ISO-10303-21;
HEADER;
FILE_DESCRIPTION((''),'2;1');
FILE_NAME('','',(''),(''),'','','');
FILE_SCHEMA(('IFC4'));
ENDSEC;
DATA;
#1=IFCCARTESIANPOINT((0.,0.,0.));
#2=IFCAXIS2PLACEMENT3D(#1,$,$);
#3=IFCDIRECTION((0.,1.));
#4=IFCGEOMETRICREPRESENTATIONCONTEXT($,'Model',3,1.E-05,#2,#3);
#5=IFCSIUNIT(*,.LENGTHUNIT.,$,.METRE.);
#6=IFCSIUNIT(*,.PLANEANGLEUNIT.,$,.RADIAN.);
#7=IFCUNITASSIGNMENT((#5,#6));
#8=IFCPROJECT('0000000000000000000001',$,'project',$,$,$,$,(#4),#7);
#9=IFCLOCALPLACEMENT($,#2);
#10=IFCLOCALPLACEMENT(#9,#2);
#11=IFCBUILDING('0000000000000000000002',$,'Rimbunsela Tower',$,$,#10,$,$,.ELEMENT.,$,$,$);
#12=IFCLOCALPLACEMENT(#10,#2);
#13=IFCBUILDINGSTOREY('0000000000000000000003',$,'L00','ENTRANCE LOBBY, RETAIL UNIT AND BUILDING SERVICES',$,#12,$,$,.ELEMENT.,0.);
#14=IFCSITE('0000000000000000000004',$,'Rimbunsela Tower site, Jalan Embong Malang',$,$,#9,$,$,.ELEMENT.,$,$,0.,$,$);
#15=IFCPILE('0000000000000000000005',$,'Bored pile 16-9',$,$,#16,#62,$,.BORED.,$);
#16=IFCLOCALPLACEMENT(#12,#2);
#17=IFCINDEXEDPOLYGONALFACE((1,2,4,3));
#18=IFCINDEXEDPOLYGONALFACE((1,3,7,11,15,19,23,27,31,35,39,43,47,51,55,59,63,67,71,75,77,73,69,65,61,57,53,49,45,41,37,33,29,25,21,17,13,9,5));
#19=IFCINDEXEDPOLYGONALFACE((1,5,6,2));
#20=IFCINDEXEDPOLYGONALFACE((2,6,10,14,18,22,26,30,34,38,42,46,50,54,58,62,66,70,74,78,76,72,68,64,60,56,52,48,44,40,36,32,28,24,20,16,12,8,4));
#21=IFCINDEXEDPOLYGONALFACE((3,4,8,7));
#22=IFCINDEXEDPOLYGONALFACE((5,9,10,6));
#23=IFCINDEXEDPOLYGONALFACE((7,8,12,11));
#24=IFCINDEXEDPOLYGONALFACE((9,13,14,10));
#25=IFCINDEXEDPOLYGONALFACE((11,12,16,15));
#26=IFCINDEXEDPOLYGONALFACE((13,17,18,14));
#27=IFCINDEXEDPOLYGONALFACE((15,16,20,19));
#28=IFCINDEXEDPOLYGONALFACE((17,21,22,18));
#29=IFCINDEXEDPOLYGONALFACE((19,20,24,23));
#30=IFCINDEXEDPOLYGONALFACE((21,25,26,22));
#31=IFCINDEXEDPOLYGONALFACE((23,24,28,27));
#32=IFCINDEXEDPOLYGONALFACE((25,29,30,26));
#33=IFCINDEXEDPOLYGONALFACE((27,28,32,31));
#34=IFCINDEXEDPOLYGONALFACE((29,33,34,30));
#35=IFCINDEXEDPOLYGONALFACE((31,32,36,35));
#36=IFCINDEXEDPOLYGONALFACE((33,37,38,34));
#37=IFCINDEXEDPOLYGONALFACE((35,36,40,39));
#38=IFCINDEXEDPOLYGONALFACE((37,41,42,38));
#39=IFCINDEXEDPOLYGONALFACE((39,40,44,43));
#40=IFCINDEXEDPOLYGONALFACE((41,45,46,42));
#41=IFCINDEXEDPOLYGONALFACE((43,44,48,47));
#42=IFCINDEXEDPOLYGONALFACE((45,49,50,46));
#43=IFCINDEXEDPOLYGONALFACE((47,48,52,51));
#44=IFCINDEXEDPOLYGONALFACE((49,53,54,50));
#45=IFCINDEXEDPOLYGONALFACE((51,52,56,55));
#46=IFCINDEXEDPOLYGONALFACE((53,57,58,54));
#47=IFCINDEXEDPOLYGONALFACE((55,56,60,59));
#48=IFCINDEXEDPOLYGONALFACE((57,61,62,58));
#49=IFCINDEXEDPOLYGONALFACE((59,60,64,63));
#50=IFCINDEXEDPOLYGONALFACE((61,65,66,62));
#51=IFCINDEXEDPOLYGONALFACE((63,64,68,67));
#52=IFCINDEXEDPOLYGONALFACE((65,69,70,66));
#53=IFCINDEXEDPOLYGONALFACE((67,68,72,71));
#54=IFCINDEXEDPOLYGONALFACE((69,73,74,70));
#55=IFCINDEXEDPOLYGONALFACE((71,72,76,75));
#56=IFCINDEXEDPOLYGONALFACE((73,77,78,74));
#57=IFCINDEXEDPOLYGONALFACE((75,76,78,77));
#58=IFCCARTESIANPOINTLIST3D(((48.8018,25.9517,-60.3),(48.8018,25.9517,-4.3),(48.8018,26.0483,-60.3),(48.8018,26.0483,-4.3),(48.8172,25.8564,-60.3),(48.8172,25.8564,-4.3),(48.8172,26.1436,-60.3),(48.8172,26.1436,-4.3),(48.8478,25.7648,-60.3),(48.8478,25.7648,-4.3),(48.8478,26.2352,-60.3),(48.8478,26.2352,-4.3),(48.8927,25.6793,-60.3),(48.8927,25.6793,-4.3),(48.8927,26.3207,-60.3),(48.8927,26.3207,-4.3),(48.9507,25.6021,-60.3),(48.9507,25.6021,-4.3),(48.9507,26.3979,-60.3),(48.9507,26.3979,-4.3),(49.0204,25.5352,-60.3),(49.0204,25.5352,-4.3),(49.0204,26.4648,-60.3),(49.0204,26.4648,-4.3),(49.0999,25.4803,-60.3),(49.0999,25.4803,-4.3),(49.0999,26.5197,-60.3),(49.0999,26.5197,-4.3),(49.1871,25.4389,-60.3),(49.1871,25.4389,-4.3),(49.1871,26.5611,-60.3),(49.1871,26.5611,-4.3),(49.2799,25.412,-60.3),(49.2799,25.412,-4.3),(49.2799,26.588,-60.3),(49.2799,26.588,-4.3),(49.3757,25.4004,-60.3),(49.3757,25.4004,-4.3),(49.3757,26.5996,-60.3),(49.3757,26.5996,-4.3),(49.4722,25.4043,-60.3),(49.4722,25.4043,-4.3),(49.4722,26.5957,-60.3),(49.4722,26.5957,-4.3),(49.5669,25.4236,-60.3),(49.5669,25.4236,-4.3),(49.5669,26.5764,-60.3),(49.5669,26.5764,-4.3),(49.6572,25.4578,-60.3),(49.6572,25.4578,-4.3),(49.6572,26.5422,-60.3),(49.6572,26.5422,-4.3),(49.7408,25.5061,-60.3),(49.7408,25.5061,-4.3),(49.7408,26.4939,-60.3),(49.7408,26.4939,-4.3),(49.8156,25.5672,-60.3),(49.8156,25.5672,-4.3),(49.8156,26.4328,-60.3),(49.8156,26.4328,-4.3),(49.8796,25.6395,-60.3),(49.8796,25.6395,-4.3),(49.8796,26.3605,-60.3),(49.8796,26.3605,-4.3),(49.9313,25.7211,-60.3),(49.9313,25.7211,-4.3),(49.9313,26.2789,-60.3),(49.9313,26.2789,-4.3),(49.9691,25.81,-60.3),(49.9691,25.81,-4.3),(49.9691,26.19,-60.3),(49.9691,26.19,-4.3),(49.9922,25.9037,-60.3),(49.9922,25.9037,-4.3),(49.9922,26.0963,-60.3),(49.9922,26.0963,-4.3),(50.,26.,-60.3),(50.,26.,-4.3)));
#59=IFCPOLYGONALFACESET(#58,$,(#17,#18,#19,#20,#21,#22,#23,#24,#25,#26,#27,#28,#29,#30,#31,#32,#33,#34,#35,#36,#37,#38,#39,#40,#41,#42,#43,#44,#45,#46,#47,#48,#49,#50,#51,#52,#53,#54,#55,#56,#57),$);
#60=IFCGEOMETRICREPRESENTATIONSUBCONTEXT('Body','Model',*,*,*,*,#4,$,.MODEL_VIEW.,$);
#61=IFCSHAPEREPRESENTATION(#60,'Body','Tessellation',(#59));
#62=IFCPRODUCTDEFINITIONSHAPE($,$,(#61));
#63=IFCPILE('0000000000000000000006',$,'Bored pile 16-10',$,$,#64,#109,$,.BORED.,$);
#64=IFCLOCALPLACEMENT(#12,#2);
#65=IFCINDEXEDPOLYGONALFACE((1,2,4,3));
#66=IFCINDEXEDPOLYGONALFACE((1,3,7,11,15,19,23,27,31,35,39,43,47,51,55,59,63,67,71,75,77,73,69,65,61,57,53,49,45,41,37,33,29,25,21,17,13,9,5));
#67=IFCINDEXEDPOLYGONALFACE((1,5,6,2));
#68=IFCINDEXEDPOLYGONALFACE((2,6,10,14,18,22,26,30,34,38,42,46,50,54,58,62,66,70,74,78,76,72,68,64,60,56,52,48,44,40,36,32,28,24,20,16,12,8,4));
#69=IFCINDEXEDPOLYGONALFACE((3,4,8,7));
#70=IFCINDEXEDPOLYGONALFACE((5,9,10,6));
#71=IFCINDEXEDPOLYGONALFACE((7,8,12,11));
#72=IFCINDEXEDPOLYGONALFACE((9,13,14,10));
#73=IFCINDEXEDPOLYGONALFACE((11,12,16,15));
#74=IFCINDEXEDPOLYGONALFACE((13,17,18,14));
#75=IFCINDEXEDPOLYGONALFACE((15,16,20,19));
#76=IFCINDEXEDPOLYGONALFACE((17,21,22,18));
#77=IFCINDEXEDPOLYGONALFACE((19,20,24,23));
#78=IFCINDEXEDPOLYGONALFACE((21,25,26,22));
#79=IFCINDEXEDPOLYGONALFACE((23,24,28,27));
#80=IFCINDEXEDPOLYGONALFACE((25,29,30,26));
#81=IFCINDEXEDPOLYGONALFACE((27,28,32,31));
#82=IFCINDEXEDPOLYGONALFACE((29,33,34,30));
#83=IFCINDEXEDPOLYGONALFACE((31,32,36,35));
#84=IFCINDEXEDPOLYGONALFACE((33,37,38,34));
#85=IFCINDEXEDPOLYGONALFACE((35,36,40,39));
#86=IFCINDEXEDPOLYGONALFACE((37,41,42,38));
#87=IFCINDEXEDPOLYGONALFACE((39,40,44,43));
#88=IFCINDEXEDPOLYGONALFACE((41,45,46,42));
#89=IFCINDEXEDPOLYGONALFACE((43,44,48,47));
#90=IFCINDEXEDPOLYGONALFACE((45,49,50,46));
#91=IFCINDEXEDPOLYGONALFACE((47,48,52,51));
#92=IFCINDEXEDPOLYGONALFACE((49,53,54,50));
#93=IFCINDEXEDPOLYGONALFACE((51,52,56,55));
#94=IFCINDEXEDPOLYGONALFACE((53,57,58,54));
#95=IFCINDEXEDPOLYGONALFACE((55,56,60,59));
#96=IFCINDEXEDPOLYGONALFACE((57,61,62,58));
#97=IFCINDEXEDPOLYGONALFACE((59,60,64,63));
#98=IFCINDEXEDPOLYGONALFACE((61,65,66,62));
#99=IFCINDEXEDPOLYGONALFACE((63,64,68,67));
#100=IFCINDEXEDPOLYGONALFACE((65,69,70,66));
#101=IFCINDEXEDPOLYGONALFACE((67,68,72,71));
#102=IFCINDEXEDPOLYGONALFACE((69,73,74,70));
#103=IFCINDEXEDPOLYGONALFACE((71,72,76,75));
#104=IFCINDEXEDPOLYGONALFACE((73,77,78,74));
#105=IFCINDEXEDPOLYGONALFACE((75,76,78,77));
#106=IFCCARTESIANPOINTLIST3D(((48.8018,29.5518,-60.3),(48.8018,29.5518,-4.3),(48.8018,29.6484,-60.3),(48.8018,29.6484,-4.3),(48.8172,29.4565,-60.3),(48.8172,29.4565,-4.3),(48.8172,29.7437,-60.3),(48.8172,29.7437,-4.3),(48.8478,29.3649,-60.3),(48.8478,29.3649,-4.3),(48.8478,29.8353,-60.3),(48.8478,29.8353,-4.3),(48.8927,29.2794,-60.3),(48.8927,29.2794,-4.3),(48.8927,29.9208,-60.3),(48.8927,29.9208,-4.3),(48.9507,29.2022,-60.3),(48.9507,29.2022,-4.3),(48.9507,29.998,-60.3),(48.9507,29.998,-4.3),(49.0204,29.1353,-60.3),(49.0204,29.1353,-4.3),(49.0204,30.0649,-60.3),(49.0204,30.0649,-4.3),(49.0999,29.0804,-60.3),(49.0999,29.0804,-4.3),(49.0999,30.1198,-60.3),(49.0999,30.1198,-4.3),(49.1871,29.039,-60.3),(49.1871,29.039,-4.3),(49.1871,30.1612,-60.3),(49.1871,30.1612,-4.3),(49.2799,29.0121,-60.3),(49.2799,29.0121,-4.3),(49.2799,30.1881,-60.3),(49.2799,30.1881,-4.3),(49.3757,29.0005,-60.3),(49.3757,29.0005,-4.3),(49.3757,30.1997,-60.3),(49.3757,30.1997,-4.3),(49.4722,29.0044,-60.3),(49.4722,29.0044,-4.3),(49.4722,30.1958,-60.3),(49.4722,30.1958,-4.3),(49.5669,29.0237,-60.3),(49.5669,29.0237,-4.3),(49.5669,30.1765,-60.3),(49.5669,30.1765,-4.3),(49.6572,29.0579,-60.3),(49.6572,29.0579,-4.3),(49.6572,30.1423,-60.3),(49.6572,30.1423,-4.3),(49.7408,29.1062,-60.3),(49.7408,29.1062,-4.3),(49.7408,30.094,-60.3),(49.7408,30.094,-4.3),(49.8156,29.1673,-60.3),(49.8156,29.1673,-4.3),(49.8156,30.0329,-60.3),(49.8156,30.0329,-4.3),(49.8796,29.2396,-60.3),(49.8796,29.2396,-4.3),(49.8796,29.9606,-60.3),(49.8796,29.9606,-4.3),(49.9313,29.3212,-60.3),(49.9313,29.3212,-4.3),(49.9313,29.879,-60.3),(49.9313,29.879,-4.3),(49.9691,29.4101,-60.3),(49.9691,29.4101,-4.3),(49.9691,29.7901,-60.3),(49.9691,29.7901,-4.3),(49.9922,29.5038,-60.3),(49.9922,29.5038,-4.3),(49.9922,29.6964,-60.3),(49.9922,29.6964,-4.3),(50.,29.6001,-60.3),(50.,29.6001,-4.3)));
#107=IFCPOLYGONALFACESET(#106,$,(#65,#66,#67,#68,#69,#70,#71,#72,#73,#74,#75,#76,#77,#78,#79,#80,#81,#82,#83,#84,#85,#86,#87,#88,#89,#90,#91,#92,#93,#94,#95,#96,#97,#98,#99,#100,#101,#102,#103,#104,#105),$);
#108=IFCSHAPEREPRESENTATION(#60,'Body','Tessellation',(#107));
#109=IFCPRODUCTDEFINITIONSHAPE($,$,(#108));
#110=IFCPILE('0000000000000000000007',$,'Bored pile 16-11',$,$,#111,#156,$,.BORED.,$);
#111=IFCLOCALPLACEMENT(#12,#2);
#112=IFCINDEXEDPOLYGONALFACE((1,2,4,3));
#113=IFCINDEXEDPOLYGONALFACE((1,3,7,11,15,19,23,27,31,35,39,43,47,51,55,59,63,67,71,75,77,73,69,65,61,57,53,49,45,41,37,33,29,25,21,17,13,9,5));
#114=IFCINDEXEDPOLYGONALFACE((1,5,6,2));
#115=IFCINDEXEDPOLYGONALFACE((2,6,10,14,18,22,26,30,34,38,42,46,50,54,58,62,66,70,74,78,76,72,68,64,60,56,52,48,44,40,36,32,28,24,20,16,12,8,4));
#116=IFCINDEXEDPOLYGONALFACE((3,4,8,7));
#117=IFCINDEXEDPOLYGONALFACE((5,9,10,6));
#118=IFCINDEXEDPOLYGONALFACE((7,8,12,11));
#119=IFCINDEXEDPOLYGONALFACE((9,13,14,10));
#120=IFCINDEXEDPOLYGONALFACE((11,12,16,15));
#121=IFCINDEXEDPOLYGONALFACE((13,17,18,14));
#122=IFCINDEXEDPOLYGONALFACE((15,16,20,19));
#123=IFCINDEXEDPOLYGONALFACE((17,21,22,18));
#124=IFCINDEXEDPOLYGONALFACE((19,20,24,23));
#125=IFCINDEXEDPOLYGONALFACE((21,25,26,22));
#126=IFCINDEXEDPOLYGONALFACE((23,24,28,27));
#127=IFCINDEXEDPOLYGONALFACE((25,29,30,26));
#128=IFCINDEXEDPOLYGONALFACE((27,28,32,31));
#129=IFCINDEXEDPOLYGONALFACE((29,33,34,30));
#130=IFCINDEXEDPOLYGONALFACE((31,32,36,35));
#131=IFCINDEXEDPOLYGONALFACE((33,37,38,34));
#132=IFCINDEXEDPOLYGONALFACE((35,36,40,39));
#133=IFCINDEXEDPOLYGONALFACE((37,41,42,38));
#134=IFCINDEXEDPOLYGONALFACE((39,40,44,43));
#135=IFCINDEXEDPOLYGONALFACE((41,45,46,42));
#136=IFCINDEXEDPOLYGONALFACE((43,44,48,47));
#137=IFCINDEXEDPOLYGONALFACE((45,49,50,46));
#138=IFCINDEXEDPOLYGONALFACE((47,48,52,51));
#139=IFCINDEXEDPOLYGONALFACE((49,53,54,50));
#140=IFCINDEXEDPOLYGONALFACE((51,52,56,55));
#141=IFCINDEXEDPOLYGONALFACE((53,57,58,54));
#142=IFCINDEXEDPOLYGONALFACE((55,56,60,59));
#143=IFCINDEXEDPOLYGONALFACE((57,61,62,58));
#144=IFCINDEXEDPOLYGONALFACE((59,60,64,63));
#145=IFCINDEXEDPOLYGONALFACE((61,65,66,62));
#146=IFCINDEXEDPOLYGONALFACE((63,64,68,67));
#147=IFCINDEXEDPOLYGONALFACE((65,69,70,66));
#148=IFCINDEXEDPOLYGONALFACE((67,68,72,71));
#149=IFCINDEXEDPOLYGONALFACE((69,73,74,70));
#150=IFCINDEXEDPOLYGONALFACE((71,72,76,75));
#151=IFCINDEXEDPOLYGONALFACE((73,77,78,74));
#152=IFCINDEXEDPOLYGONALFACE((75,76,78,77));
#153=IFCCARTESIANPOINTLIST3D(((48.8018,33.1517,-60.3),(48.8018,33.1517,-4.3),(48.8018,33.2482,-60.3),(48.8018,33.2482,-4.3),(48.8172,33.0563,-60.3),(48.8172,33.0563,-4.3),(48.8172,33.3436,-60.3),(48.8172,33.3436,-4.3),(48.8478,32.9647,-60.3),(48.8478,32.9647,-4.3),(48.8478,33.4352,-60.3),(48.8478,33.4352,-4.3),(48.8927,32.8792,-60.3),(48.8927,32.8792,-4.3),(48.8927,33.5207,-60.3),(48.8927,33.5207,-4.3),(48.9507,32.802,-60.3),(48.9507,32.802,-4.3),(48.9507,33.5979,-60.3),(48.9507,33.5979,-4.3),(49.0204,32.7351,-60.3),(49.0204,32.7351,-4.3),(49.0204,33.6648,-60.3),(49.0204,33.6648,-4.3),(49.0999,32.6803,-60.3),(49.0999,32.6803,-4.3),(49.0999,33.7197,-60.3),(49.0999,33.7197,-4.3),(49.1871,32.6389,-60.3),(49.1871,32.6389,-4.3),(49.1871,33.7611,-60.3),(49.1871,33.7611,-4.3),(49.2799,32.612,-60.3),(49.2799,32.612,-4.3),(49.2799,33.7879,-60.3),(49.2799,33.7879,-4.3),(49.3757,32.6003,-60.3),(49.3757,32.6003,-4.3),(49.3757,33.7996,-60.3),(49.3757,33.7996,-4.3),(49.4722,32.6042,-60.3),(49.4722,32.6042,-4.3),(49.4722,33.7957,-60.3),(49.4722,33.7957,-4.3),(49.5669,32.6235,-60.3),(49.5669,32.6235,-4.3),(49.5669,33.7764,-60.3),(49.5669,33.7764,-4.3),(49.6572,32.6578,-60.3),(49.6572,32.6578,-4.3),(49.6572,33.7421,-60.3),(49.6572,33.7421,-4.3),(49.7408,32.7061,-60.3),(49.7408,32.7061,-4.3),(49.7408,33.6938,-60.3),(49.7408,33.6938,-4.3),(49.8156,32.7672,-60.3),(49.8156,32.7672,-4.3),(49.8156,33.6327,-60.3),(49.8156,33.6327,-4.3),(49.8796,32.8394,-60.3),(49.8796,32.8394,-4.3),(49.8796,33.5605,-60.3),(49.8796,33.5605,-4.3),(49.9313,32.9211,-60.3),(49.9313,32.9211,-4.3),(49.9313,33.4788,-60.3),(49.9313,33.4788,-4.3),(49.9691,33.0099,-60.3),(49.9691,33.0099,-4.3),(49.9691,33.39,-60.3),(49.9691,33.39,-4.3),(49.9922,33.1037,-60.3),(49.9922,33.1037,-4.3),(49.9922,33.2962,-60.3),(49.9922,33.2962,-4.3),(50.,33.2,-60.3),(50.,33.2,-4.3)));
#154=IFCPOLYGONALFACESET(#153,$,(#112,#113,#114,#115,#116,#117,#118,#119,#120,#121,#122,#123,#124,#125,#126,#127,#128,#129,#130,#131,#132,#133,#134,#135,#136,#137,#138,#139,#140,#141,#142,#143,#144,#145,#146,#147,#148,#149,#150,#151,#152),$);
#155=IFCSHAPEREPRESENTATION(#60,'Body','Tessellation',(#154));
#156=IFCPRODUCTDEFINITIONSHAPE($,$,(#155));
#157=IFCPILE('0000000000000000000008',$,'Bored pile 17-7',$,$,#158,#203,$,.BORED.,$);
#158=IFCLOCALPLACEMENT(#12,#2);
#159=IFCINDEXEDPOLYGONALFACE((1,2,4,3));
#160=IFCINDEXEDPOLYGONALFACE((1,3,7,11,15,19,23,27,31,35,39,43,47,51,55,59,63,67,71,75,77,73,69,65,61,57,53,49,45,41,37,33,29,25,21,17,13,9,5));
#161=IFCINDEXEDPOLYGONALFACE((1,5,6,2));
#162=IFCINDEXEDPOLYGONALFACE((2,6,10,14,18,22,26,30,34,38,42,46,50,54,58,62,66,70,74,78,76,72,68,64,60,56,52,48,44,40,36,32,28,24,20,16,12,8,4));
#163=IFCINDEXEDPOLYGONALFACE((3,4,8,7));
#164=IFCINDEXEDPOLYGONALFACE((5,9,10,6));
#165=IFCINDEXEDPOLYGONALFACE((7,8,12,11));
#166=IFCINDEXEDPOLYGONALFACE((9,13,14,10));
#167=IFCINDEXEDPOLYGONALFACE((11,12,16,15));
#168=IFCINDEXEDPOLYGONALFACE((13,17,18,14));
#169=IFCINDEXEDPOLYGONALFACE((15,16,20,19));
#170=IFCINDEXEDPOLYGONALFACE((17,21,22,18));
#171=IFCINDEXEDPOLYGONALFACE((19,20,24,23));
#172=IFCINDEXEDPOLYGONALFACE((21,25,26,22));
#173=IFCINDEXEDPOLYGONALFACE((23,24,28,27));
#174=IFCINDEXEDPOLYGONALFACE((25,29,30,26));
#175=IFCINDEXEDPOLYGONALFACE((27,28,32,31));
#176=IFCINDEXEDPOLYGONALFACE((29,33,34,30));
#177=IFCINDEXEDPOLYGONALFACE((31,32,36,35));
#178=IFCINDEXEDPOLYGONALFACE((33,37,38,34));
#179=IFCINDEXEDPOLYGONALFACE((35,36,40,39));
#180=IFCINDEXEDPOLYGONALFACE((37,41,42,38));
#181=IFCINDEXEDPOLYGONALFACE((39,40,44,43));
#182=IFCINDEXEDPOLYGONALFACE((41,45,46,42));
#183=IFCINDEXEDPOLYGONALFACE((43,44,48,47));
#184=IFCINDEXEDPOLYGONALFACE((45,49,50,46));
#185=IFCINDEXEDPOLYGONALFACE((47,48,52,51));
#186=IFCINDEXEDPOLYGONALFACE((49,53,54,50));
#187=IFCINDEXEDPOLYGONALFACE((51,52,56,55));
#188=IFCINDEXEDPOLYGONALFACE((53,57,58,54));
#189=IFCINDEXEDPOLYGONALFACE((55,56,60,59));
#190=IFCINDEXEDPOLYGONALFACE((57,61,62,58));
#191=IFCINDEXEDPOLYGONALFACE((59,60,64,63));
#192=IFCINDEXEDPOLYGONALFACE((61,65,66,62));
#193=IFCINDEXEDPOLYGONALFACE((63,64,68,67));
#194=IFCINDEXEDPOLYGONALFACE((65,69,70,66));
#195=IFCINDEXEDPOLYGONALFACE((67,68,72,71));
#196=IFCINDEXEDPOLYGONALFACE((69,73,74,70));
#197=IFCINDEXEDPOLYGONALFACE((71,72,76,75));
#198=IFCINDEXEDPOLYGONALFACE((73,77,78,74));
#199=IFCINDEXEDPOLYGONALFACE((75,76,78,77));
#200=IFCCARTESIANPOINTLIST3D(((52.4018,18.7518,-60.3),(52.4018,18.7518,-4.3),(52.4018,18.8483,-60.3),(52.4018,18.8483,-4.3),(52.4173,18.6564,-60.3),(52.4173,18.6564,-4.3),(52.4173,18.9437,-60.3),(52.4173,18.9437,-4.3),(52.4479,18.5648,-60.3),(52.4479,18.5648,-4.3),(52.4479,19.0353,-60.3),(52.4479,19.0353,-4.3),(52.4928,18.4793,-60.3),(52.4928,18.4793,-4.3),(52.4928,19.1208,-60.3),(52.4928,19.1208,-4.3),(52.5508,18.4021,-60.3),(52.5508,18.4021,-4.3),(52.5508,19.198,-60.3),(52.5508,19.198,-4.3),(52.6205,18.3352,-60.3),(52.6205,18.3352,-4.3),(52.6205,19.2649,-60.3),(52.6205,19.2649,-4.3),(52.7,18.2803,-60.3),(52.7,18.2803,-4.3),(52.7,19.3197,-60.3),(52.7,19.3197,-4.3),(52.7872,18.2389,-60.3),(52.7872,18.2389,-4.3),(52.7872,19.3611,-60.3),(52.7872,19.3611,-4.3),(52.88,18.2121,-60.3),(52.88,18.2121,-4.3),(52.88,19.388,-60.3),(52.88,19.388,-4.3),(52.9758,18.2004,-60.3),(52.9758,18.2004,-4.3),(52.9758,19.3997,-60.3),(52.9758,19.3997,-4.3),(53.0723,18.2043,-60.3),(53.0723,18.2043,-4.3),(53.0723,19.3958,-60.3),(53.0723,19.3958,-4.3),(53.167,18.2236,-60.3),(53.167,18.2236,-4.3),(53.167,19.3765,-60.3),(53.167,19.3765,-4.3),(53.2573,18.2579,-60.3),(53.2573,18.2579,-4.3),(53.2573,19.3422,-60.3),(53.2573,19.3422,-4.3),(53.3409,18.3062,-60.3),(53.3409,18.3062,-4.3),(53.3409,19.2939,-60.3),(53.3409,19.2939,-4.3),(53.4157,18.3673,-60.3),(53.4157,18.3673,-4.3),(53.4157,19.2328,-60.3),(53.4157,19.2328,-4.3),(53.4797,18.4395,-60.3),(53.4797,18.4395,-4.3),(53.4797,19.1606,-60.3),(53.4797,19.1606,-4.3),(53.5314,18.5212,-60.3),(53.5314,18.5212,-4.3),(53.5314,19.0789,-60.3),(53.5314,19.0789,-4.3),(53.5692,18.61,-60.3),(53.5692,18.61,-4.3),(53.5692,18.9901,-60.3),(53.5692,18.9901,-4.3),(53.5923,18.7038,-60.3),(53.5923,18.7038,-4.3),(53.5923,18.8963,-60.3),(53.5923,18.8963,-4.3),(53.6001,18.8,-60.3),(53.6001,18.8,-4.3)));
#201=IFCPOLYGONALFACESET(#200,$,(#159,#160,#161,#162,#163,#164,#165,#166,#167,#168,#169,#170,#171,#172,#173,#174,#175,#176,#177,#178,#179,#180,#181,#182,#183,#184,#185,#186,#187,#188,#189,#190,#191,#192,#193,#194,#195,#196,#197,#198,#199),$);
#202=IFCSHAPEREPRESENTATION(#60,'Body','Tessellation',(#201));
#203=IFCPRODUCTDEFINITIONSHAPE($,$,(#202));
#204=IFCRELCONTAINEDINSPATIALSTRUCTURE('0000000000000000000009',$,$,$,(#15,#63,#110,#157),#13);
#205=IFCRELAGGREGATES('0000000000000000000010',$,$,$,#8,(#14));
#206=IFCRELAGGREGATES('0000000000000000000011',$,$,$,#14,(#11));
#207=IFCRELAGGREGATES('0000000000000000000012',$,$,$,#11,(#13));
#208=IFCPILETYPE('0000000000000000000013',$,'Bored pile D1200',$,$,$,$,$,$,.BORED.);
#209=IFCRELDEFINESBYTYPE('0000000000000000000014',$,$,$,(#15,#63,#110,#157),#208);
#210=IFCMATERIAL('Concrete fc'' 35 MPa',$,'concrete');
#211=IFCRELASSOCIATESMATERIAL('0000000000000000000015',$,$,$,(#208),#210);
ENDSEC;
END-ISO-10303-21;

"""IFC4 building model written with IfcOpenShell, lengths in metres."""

from ifc_helpers import new_model, si_unit, direction, frame, origin, origin_2d, place, context, subcontext, project, spatial, circle, extrude, material, material_profile, profile_set, type_object, element, save


model = new_model("IFC4")

# Units and contexts
model_context = context("Model", 3, precision=1e-05, world=origin(), true_north=direction((0.0, 1.0)))
body_context = subcontext(model_context, "Body", "Model", "MODEL_VIEW")
ifc_project = project(units=[si_unit("LENGTHUNIT", "METRE"), si_unit("PLANEANGLEUNIT", "RADIAN")], contexts=[model_context])

# Site, building, storey
site_placement = place(None, origin())
site = spatial("IfcSite", under=ifc_project, at=site_placement, Name="Rimbunsela Tower site, Jalan Embong Malang", CompositionType="ELEMENT", RefElevation=0.0)
building_placement = place(site_placement, origin())
building = spatial("IfcBuilding", under=site, at=building_placement, Name="Rimbunsela Tower", CompositionType="ELEMENT")
storey_placement = place(building_placement, origin())
storey = spatial("IfcBuildingStorey", under=building, at=storey_placement, Name="L00", Description="ENTRANCE LOBBY, RETAIL UNIT AND BUILDING SERVICES", CompositionType="ELEMENT", Elevation=0.0)

# Piles
ifc_material_1 = material(Name="Concrete fc' 35 MPa", Category="concrete")
ifc_material_profile_1 = material_profile(ifc_material_1, circle(Radius=0.6001, at=origin_2d()), Name="BP D1200")
ifc_profile_set_1 = profile_set([ifc_material_profile_1], Name="Concrete fc' 35 MPa")
pile_type = type_object("IfcPileType", Name="Bored pile D1200", PredefinedType="BORED", material=ifc_profile_set_1)
for number, where, z_axis, x_axis, name in (
    (1, (49.3999, 26.0, -4.3), (0.0, 0.0, -1.0), (1.0, 0.0, 0.0), "Bored pile 16-9"),
    (2, (49.3999, 29.6001, -4.3), (0.0, 0.0, -1.0), (1.0, 0.0, 0.0), "Bored pile 16-10"),
    (3, (49.3999, 33.2, -4.3), (0.0, 0.0, -1.0), (1.0, 0.0, 0.0), "Bored pile 16-11"),
    (4, (53.0, 18.8, -4.3), (0.0, 0.0, -1.0), (1.0, 0.0, 0.0), "Bored pile 17-7"),
):
    element("IfcPile", number, at=place(storey_placement, frame(where, z_axis=z_axis, x_axis=x_axis)), inside=storey, type_object=pile_type, Name=name, PredefinedType="BORED", context=body_context, shape_type="SweptSolid", body=[
        extrude(circle(Radius=0.6001, at=origin_2d()), origin(), (0.0, 0.0, 1.0), 56.0),
    ])

save(model, "model.ifc")
